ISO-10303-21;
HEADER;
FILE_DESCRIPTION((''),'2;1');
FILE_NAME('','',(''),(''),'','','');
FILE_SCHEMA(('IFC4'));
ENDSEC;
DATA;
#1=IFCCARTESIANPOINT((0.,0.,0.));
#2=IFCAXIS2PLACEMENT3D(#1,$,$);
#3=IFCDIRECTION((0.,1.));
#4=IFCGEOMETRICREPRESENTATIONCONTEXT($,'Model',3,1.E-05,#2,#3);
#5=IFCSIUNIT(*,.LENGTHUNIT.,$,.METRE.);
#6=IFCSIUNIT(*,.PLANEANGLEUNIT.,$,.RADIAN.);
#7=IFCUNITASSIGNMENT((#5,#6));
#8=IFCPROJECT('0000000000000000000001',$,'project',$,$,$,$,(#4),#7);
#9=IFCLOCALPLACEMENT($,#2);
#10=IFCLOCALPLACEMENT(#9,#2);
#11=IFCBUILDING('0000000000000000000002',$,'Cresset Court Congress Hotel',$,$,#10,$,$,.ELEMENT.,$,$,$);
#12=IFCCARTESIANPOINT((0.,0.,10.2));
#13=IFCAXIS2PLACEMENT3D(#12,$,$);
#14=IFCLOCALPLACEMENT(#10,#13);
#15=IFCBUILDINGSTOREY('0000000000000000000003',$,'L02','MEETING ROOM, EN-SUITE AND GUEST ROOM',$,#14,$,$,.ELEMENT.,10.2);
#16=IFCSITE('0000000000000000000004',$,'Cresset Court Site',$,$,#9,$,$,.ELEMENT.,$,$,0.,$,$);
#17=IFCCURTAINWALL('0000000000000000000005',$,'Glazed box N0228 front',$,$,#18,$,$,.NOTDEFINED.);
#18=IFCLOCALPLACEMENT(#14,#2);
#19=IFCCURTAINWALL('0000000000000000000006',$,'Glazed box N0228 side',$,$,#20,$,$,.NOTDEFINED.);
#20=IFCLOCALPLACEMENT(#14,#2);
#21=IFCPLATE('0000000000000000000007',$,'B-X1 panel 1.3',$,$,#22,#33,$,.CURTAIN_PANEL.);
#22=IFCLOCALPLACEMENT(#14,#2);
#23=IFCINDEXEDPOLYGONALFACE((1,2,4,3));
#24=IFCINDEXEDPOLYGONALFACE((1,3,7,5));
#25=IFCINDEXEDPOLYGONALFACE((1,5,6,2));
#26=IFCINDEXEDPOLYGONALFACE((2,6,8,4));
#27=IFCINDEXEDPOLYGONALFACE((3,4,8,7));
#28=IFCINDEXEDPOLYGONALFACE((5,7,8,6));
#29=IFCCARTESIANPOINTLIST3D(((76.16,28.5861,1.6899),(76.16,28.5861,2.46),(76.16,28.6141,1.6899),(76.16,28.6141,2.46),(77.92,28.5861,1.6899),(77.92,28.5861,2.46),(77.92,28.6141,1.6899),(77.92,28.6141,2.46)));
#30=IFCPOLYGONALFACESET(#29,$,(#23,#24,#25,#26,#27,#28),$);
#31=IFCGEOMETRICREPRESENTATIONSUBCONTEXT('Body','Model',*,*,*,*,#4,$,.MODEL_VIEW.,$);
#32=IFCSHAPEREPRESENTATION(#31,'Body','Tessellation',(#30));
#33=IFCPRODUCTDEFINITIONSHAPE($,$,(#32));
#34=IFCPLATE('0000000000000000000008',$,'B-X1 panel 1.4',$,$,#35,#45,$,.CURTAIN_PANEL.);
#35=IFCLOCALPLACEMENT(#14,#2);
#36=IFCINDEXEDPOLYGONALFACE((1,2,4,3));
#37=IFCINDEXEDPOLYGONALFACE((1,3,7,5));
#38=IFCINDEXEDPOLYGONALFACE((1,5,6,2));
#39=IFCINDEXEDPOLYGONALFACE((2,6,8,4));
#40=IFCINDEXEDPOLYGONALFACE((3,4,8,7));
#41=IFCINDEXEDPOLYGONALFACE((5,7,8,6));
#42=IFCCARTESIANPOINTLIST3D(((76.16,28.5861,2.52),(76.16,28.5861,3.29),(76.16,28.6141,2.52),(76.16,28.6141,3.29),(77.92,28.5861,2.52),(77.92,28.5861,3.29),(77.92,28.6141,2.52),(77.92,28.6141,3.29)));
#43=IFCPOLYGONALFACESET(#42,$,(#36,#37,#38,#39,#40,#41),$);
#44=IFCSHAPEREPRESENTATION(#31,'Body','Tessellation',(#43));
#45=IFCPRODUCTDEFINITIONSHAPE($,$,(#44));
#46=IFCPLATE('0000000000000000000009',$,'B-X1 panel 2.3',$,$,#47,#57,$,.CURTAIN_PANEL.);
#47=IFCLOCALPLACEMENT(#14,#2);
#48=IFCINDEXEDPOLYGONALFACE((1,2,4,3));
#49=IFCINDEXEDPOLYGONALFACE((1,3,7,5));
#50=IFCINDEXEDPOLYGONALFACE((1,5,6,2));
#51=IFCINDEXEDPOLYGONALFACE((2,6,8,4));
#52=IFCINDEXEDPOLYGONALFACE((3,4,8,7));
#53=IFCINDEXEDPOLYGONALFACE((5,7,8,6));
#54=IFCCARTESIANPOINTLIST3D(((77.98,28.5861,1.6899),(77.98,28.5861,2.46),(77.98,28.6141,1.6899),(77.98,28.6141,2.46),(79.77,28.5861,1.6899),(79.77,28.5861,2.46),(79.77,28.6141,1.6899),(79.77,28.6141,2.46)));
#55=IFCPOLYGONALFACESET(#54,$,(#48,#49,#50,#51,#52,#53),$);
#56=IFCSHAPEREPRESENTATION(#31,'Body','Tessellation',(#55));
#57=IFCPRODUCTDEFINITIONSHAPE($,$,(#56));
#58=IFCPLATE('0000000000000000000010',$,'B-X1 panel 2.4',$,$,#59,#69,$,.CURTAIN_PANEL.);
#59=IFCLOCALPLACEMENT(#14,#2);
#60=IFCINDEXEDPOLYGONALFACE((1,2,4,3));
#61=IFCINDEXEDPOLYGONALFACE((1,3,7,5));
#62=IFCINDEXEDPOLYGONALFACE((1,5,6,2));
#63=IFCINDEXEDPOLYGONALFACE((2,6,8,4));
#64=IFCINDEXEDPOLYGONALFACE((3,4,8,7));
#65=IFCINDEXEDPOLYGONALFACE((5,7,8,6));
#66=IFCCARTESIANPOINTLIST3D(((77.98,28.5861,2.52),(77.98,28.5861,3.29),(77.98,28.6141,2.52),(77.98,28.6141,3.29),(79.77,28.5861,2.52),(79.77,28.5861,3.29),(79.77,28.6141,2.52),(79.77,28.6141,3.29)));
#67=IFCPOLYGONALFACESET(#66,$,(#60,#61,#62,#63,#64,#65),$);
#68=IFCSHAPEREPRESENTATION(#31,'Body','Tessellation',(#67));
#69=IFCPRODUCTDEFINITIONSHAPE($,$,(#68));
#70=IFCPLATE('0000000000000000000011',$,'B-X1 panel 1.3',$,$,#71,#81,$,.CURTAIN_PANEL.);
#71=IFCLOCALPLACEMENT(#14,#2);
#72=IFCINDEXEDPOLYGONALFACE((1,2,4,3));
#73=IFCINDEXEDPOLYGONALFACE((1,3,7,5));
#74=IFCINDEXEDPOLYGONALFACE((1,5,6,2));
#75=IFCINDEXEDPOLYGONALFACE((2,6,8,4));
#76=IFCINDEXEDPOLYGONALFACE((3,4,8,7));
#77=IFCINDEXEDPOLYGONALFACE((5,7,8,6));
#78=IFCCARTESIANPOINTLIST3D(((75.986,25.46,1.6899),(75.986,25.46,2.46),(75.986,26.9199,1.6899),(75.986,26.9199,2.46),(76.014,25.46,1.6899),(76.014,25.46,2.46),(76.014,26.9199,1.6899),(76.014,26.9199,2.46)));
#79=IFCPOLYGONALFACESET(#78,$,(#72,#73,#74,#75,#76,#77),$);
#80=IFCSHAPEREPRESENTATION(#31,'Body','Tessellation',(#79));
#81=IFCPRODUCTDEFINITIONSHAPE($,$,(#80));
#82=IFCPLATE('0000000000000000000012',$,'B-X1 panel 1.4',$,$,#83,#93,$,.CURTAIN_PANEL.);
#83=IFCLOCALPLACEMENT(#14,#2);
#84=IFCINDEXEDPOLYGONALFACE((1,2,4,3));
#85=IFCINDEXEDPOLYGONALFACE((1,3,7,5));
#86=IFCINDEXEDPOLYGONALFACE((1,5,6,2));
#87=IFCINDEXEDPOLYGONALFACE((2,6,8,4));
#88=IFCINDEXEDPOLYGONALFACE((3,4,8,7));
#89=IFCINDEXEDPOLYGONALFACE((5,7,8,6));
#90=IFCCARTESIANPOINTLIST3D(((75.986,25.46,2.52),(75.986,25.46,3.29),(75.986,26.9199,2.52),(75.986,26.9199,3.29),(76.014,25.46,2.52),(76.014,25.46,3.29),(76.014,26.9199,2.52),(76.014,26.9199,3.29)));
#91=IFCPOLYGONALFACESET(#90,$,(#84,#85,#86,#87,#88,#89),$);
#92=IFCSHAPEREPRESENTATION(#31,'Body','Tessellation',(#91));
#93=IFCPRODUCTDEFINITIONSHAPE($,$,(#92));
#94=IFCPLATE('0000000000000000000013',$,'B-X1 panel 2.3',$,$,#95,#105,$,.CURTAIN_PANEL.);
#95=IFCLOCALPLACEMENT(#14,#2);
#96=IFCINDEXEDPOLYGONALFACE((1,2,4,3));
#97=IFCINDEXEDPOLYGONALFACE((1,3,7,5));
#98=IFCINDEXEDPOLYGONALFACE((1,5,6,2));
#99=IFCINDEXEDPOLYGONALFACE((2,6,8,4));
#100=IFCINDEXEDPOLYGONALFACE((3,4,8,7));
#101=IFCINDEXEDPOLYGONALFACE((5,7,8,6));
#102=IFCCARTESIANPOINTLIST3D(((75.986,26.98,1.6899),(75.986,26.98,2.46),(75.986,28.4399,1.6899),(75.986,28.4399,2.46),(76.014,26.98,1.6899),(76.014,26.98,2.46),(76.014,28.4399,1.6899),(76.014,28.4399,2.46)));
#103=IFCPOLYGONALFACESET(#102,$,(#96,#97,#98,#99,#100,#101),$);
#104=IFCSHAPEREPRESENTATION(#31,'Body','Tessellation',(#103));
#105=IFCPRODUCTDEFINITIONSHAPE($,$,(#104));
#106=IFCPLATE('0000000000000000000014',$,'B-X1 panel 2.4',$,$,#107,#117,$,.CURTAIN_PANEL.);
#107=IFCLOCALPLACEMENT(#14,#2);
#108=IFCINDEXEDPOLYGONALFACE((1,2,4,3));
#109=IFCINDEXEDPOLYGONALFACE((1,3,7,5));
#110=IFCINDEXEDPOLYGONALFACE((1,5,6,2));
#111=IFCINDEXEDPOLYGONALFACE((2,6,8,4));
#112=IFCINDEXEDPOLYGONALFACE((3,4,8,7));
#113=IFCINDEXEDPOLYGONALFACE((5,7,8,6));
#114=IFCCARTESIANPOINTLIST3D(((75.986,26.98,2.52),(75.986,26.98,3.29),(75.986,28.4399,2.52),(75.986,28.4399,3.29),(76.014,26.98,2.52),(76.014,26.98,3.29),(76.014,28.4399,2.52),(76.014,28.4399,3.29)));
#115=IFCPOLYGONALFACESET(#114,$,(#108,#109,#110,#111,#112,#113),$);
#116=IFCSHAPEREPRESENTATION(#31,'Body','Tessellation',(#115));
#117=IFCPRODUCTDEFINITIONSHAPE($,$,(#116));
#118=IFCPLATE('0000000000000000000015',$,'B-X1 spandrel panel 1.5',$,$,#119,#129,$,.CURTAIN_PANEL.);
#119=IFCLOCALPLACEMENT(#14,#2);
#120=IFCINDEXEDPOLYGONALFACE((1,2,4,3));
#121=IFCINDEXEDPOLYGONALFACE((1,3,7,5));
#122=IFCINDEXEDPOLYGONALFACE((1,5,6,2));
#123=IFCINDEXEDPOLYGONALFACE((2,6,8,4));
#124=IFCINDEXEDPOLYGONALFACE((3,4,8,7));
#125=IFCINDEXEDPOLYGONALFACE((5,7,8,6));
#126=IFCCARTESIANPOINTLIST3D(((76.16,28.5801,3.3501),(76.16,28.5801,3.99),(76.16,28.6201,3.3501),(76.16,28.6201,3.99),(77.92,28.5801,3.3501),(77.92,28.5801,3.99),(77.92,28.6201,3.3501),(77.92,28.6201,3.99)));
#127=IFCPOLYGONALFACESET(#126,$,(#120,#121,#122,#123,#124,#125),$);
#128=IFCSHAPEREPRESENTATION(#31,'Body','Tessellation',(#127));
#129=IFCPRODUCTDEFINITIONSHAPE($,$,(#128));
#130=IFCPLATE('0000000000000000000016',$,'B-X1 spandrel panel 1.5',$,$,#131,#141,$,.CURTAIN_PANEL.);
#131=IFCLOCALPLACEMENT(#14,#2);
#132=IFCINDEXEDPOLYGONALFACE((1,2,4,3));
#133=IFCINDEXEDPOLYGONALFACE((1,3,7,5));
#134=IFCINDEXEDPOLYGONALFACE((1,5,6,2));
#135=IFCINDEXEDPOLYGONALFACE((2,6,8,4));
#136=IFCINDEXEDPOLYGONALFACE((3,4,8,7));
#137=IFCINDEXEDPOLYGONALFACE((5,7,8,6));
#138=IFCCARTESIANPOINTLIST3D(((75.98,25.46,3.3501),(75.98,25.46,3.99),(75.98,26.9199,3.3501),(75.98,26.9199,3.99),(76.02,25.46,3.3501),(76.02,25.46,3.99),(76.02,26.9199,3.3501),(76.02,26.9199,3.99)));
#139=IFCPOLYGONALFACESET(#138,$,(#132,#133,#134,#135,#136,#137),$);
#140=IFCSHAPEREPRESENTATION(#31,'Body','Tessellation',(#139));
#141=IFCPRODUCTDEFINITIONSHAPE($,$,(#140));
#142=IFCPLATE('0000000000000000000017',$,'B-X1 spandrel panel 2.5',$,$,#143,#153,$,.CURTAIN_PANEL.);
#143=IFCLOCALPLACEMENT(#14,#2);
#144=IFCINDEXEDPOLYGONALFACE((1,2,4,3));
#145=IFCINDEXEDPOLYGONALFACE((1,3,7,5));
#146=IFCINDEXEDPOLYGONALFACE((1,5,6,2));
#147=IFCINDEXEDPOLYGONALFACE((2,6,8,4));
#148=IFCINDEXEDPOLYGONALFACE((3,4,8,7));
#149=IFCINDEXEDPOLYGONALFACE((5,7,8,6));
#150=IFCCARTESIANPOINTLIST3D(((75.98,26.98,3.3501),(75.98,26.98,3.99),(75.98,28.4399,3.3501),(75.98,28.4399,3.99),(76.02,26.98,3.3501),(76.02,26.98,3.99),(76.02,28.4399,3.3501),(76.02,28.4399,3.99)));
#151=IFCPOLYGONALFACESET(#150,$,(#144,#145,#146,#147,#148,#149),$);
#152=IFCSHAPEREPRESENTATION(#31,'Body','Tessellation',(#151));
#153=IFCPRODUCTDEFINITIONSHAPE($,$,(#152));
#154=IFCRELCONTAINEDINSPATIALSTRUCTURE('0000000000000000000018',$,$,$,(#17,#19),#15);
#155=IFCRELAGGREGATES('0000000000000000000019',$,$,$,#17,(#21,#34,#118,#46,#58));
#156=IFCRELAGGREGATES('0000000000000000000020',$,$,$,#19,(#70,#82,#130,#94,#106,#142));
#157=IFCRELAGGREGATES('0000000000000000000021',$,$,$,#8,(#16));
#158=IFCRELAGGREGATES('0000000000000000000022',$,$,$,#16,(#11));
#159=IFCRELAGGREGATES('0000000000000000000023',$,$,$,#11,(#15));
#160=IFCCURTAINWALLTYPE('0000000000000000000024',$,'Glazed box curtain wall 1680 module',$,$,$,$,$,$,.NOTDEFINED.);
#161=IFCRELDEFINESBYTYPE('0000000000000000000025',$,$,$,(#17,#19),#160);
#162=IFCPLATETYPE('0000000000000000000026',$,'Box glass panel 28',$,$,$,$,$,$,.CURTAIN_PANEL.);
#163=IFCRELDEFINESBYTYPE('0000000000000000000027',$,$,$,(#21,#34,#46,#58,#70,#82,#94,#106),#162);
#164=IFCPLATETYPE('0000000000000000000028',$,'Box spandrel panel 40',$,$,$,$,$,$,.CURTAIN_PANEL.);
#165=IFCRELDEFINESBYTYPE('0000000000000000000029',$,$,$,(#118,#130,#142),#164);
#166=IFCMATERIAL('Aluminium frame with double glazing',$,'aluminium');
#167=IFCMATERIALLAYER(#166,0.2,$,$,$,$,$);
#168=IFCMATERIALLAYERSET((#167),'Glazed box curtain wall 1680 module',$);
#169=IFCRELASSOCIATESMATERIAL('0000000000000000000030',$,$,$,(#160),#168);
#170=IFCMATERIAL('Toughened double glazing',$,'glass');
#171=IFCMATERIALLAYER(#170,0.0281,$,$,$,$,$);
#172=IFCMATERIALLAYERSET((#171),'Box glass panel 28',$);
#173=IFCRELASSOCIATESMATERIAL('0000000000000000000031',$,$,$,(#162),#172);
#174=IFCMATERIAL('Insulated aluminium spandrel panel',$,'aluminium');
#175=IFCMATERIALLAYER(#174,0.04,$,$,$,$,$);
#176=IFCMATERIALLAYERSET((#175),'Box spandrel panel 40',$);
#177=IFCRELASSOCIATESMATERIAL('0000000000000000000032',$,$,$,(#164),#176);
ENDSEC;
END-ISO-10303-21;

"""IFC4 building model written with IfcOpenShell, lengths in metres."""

from ifc_helpers import new_model, si_unit, direction, frame, origin, origin_2d, place, context, subcontext, project, spatial, rectangle, extrude, material, layer, layer_set, type_object, element, aggregate, save


model = new_model("IFC4")

# Units and contexts
model_context = context("Model", 3, precision=1e-05, world=origin(), true_north=direction((0.0, 1.0)))
body_context = subcontext(model_context, "Body", "Model", "MODEL_VIEW")
ifc_project = project(units=[si_unit("LENGTHUNIT", "METRE"), si_unit("PLANEANGLEUNIT", "RADIAN")], contexts=[model_context])

# Site, building, storey
site_placement = place(None, origin())
site = spatial("IfcSite", under=ifc_project, at=site_placement, Name="Cresset Court Site", CompositionType="ELEMENT", RefElevation=0.0)
building_placement = place(site_placement, origin())
building = spatial("IfcBuilding", under=site, at=building_placement, Name="Cresset Court Congress Hotel", CompositionType="ELEMENT")
storey_placement = place(building_placement, frame((0.0, 0.0, 10.2)))
storey = spatial("IfcBuildingStorey", under=building, at=storey_placement, Name="L02", Description="MEETING ROOM, EN-SUITE AND GUEST ROOM", CompositionType="ELEMENT", Elevation=10.2)

# Curtain walls
ifc_material_1 = material(Name="Aluminium frame with double glazing", Category="aluminium")
ifc_layer_1 = layer(ifc_material_1, 0.2)
ifc_layer_set_1 = layer_set([ifc_layer_1], Name="Glazed box curtain wall 1680 module")
curtain_wall_type = type_object("IfcCurtainWallType", Name="Glazed box curtain wall 1680 module", PredefinedType="NOTDEFINED", material=ifc_layer_set_1)
curtain_wall_1_placement = place(storey_placement, origin())
curtain_wall_1 = element("IfcCurtainWall", 1, at=curtain_wall_1_placement, inside=storey, type_object=curtain_wall_type, Name="Glazed box N0228 front", PredefinedType="NOTDEFINED")
curtain_wall_2_placement = place(storey_placement, origin())
curtain_wall_2 = element("IfcCurtainWall", 2, at=curtain_wall_2_placement, inside=storey, type_object=curtain_wall_type, Name="Glazed box N0228 side", PredefinedType="NOTDEFINED")

# Plates
ifc_material_2 = material(Name="Toughened double glazing", Category="glass")
ifc_layer_2 = layer(ifc_material_2, 0.0281)
ifc_layer_set_2 = layer_set([ifc_layer_2], Name="Box glass panel 28")
plate_type_1 = type_object("IfcPlateType", Name="Box glass panel 28", PredefinedType="CURTAIN_PANEL", material=ifc_layer_set_2)
plate_1_placement = place(storey_placement, frame((77.04, 28.6001, 1.6899), z_axis=(0.0, 0.0, 1.0), x_axis=(1.0, 0.0, 0.0)))
plate_1 = element("IfcPlate", 3, at=plate_1_placement, type_object=plate_type_1, Name="B-X1 panel 1.3", PredefinedType="CURTAIN_PANEL", context=body_context, shape_type="SweptSolid", body=[
    extrude(rectangle(XDim=1.76, YDim=0.0281, at=origin_2d()), origin(), (0.0, 0.0, 1.0), 0.77),
])
plate_2_placement = place(storey_placement, frame((77.04, 28.6001, 2.52), z_axis=(0.0, 0.0, 1.0), x_axis=(1.0, 0.0, 0.0)))
plate_2 = element("IfcPlate", 4, at=plate_2_placement, type_object=plate_type_1, Name="B-X1 panel 1.4", PredefinedType="CURTAIN_PANEL", context=body_context, shape_type="SweptSolid", body=[
    extrude(rectangle(XDim=1.76, YDim=0.0281, at=origin_2d()), origin(), (0.0, 0.0, 1.0), 0.77),
])
plate_3_placement = place(storey_placement, frame((78.875, 28.6001, 1.6899), z_axis=(0.0, 0.0, 1.0), x_axis=(1.0, 0.0, 0.0)))
plate_3 = element("IfcPlate", 5, at=plate_3_placement, type_object=plate_type_1, Name="B-X1 panel 2.3", PredefinedType="CURTAIN_PANEL", context=body_context, shape_type="SweptSolid", body=[
    extrude(rectangle(XDim=1.79, YDim=0.0281, at=origin_2d()), origin(), (0.0, 0.0, 1.0), 0.77),
])
plate_4_placement = place(storey_placement, frame((78.875, 28.6001, 2.52), z_axis=(0.0, 0.0, 1.0), x_axis=(1.0, 0.0, 0.0)))
plate_4 = element("IfcPlate", 6, at=plate_4_placement, type_object=plate_type_1, Name="B-X1 panel 2.4", PredefinedType="CURTAIN_PANEL", context=body_context, shape_type="SweptSolid", body=[
    extrude(rectangle(XDim=1.79, YDim=0.0281, at=origin_2d()), origin(), (0.0, 0.0, 1.0), 0.77),
])
plate_5_placement = place(storey_placement, frame((76.0, 26.1899, 1.6899), z_axis=(0.0, 0.0, 1.0), x_axis=(0.0, 1.0, 0.0)))
plate_5 = element("IfcPlate", 7, at=plate_5_placement, type_object=plate_type_1, Name="B-X1 panel 1.3", PredefinedType="CURTAIN_PANEL", context=body_context, shape_type="SweptSolid", body=[
    extrude(rectangle(XDim=1.46, YDim=0.0281, at=origin_2d()), origin(), (0.0, 0.0, 1.0), 0.77),
])
plate_6_placement = place(storey_placement, frame((76.0, 26.1899, 2.52), z_axis=(0.0, 0.0, 1.0), x_axis=(0.0, 1.0, 0.0)))
plate_6 = element("IfcPlate", 8, at=plate_6_placement, type_object=plate_type_1, Name="B-X1 panel 1.4", PredefinedType="CURTAIN_PANEL", context=body_context, shape_type="SweptSolid", body=[
    extrude(rectangle(XDim=1.46, YDim=0.0281, at=origin_2d()), origin(), (0.0, 0.0, 1.0), 0.77),
])
plate_7_placement = place(storey_placement, frame((76.0, 27.71, 1.6899), z_axis=(0.0, 0.0, 1.0), x_axis=(0.0, 1.0, 0.0)))
plate_7 = element("IfcPlate", 9, at=plate_7_placement, type_object=plate_type_1, Name="B-X1 panel 2.3", PredefinedType="CURTAIN_PANEL", context=body_context, shape_type="SweptSolid", body=[
    extrude(rectangle(XDim=1.46, YDim=0.0281, at=origin_2d()), origin(), (0.0, 0.0, 1.0), 0.77),
])
plate_8_placement = place(storey_placement, frame((76.0, 27.71, 2.52), z_axis=(0.0, 0.0, 1.0), x_axis=(0.0, 1.0, 0.0)))
plate_8 = element("IfcPlate", 10, at=plate_8_placement, type_object=plate_type_1, Name="B-X1 panel 2.4", PredefinedType="CURTAIN_PANEL", context=body_context, shape_type="SweptSolid", body=[
    extrude(rectangle(XDim=1.46, YDim=0.0281, at=origin_2d()), origin(), (0.0, 0.0, 1.0), 0.77),
])
ifc_material_3 = material(Name="Insulated aluminium spandrel panel", Category="aluminium")
ifc_layer_3 = layer(ifc_material_3, 0.04)
ifc_layer_set_3 = layer_set([ifc_layer_3], Name="Box spandrel panel 40")
plate_type_2 = type_object("IfcPlateType", Name="Box spandrel panel 40", PredefinedType="CURTAIN_PANEL", material=ifc_layer_set_3)
plate_9_placement = place(storey_placement, frame((77.04, 28.6001, 3.3501), z_axis=(0.0, 0.0, 1.0), x_axis=(1.0, 0.0, 0.0)))
plate_9 = element("IfcPlate", 11, at=plate_9_placement, type_object=plate_type_2, Name="B-X1 spandrel panel 1.5", PredefinedType="CURTAIN_PANEL", context=body_context, shape_type="SweptSolid", body=[
    extrude(rectangle(XDim=1.76, YDim=0.04, at=origin_2d()), origin(), (0.0, 0.0, 1.0), 0.6399),
])
aggregate(curtain_wall_1, [plate_1, plate_2, plate_9, plate_3, plate_4])
plate_10_placement = place(storey_placement, frame((76.0, 26.1899, 3.3501), z_axis=(0.0, 0.0, 1.0), x_axis=(0.0, 1.0, 0.0)))
plate_10 = element("IfcPlate", 12, at=plate_10_placement, type_object=plate_type_2, Name="B-X1 spandrel panel 1.5", PredefinedType="CURTAIN_PANEL", context=body_context, shape_type="SweptSolid", body=[
    extrude(rectangle(XDim=1.46, YDim=0.04, at=origin_2d()), origin(), (0.0, 0.0, 1.0), 0.6399),
])
plate_11_placement = place(storey_placement, frame((76.0, 27.71, 3.3501), z_axis=(0.0, 0.0, 1.0), x_axis=(0.0, 1.0, 0.0)))
plate_11 = element("IfcPlate", 13, at=plate_11_placement, type_object=plate_type_2, Name="B-X1 spandrel panel 2.5", PredefinedType="CURTAIN_PANEL", context=body_context, shape_type="SweptSolid", body=[
    extrude(rectangle(XDim=1.46, YDim=0.04, at=origin_2d()), origin(), (0.0, 0.0, 1.0), 0.6399),
])
aggregate(curtain_wall_2, [plate_5, plate_6, plate_10, plate_7, plate_8, plate_11])

save(model, "model.ifc")
